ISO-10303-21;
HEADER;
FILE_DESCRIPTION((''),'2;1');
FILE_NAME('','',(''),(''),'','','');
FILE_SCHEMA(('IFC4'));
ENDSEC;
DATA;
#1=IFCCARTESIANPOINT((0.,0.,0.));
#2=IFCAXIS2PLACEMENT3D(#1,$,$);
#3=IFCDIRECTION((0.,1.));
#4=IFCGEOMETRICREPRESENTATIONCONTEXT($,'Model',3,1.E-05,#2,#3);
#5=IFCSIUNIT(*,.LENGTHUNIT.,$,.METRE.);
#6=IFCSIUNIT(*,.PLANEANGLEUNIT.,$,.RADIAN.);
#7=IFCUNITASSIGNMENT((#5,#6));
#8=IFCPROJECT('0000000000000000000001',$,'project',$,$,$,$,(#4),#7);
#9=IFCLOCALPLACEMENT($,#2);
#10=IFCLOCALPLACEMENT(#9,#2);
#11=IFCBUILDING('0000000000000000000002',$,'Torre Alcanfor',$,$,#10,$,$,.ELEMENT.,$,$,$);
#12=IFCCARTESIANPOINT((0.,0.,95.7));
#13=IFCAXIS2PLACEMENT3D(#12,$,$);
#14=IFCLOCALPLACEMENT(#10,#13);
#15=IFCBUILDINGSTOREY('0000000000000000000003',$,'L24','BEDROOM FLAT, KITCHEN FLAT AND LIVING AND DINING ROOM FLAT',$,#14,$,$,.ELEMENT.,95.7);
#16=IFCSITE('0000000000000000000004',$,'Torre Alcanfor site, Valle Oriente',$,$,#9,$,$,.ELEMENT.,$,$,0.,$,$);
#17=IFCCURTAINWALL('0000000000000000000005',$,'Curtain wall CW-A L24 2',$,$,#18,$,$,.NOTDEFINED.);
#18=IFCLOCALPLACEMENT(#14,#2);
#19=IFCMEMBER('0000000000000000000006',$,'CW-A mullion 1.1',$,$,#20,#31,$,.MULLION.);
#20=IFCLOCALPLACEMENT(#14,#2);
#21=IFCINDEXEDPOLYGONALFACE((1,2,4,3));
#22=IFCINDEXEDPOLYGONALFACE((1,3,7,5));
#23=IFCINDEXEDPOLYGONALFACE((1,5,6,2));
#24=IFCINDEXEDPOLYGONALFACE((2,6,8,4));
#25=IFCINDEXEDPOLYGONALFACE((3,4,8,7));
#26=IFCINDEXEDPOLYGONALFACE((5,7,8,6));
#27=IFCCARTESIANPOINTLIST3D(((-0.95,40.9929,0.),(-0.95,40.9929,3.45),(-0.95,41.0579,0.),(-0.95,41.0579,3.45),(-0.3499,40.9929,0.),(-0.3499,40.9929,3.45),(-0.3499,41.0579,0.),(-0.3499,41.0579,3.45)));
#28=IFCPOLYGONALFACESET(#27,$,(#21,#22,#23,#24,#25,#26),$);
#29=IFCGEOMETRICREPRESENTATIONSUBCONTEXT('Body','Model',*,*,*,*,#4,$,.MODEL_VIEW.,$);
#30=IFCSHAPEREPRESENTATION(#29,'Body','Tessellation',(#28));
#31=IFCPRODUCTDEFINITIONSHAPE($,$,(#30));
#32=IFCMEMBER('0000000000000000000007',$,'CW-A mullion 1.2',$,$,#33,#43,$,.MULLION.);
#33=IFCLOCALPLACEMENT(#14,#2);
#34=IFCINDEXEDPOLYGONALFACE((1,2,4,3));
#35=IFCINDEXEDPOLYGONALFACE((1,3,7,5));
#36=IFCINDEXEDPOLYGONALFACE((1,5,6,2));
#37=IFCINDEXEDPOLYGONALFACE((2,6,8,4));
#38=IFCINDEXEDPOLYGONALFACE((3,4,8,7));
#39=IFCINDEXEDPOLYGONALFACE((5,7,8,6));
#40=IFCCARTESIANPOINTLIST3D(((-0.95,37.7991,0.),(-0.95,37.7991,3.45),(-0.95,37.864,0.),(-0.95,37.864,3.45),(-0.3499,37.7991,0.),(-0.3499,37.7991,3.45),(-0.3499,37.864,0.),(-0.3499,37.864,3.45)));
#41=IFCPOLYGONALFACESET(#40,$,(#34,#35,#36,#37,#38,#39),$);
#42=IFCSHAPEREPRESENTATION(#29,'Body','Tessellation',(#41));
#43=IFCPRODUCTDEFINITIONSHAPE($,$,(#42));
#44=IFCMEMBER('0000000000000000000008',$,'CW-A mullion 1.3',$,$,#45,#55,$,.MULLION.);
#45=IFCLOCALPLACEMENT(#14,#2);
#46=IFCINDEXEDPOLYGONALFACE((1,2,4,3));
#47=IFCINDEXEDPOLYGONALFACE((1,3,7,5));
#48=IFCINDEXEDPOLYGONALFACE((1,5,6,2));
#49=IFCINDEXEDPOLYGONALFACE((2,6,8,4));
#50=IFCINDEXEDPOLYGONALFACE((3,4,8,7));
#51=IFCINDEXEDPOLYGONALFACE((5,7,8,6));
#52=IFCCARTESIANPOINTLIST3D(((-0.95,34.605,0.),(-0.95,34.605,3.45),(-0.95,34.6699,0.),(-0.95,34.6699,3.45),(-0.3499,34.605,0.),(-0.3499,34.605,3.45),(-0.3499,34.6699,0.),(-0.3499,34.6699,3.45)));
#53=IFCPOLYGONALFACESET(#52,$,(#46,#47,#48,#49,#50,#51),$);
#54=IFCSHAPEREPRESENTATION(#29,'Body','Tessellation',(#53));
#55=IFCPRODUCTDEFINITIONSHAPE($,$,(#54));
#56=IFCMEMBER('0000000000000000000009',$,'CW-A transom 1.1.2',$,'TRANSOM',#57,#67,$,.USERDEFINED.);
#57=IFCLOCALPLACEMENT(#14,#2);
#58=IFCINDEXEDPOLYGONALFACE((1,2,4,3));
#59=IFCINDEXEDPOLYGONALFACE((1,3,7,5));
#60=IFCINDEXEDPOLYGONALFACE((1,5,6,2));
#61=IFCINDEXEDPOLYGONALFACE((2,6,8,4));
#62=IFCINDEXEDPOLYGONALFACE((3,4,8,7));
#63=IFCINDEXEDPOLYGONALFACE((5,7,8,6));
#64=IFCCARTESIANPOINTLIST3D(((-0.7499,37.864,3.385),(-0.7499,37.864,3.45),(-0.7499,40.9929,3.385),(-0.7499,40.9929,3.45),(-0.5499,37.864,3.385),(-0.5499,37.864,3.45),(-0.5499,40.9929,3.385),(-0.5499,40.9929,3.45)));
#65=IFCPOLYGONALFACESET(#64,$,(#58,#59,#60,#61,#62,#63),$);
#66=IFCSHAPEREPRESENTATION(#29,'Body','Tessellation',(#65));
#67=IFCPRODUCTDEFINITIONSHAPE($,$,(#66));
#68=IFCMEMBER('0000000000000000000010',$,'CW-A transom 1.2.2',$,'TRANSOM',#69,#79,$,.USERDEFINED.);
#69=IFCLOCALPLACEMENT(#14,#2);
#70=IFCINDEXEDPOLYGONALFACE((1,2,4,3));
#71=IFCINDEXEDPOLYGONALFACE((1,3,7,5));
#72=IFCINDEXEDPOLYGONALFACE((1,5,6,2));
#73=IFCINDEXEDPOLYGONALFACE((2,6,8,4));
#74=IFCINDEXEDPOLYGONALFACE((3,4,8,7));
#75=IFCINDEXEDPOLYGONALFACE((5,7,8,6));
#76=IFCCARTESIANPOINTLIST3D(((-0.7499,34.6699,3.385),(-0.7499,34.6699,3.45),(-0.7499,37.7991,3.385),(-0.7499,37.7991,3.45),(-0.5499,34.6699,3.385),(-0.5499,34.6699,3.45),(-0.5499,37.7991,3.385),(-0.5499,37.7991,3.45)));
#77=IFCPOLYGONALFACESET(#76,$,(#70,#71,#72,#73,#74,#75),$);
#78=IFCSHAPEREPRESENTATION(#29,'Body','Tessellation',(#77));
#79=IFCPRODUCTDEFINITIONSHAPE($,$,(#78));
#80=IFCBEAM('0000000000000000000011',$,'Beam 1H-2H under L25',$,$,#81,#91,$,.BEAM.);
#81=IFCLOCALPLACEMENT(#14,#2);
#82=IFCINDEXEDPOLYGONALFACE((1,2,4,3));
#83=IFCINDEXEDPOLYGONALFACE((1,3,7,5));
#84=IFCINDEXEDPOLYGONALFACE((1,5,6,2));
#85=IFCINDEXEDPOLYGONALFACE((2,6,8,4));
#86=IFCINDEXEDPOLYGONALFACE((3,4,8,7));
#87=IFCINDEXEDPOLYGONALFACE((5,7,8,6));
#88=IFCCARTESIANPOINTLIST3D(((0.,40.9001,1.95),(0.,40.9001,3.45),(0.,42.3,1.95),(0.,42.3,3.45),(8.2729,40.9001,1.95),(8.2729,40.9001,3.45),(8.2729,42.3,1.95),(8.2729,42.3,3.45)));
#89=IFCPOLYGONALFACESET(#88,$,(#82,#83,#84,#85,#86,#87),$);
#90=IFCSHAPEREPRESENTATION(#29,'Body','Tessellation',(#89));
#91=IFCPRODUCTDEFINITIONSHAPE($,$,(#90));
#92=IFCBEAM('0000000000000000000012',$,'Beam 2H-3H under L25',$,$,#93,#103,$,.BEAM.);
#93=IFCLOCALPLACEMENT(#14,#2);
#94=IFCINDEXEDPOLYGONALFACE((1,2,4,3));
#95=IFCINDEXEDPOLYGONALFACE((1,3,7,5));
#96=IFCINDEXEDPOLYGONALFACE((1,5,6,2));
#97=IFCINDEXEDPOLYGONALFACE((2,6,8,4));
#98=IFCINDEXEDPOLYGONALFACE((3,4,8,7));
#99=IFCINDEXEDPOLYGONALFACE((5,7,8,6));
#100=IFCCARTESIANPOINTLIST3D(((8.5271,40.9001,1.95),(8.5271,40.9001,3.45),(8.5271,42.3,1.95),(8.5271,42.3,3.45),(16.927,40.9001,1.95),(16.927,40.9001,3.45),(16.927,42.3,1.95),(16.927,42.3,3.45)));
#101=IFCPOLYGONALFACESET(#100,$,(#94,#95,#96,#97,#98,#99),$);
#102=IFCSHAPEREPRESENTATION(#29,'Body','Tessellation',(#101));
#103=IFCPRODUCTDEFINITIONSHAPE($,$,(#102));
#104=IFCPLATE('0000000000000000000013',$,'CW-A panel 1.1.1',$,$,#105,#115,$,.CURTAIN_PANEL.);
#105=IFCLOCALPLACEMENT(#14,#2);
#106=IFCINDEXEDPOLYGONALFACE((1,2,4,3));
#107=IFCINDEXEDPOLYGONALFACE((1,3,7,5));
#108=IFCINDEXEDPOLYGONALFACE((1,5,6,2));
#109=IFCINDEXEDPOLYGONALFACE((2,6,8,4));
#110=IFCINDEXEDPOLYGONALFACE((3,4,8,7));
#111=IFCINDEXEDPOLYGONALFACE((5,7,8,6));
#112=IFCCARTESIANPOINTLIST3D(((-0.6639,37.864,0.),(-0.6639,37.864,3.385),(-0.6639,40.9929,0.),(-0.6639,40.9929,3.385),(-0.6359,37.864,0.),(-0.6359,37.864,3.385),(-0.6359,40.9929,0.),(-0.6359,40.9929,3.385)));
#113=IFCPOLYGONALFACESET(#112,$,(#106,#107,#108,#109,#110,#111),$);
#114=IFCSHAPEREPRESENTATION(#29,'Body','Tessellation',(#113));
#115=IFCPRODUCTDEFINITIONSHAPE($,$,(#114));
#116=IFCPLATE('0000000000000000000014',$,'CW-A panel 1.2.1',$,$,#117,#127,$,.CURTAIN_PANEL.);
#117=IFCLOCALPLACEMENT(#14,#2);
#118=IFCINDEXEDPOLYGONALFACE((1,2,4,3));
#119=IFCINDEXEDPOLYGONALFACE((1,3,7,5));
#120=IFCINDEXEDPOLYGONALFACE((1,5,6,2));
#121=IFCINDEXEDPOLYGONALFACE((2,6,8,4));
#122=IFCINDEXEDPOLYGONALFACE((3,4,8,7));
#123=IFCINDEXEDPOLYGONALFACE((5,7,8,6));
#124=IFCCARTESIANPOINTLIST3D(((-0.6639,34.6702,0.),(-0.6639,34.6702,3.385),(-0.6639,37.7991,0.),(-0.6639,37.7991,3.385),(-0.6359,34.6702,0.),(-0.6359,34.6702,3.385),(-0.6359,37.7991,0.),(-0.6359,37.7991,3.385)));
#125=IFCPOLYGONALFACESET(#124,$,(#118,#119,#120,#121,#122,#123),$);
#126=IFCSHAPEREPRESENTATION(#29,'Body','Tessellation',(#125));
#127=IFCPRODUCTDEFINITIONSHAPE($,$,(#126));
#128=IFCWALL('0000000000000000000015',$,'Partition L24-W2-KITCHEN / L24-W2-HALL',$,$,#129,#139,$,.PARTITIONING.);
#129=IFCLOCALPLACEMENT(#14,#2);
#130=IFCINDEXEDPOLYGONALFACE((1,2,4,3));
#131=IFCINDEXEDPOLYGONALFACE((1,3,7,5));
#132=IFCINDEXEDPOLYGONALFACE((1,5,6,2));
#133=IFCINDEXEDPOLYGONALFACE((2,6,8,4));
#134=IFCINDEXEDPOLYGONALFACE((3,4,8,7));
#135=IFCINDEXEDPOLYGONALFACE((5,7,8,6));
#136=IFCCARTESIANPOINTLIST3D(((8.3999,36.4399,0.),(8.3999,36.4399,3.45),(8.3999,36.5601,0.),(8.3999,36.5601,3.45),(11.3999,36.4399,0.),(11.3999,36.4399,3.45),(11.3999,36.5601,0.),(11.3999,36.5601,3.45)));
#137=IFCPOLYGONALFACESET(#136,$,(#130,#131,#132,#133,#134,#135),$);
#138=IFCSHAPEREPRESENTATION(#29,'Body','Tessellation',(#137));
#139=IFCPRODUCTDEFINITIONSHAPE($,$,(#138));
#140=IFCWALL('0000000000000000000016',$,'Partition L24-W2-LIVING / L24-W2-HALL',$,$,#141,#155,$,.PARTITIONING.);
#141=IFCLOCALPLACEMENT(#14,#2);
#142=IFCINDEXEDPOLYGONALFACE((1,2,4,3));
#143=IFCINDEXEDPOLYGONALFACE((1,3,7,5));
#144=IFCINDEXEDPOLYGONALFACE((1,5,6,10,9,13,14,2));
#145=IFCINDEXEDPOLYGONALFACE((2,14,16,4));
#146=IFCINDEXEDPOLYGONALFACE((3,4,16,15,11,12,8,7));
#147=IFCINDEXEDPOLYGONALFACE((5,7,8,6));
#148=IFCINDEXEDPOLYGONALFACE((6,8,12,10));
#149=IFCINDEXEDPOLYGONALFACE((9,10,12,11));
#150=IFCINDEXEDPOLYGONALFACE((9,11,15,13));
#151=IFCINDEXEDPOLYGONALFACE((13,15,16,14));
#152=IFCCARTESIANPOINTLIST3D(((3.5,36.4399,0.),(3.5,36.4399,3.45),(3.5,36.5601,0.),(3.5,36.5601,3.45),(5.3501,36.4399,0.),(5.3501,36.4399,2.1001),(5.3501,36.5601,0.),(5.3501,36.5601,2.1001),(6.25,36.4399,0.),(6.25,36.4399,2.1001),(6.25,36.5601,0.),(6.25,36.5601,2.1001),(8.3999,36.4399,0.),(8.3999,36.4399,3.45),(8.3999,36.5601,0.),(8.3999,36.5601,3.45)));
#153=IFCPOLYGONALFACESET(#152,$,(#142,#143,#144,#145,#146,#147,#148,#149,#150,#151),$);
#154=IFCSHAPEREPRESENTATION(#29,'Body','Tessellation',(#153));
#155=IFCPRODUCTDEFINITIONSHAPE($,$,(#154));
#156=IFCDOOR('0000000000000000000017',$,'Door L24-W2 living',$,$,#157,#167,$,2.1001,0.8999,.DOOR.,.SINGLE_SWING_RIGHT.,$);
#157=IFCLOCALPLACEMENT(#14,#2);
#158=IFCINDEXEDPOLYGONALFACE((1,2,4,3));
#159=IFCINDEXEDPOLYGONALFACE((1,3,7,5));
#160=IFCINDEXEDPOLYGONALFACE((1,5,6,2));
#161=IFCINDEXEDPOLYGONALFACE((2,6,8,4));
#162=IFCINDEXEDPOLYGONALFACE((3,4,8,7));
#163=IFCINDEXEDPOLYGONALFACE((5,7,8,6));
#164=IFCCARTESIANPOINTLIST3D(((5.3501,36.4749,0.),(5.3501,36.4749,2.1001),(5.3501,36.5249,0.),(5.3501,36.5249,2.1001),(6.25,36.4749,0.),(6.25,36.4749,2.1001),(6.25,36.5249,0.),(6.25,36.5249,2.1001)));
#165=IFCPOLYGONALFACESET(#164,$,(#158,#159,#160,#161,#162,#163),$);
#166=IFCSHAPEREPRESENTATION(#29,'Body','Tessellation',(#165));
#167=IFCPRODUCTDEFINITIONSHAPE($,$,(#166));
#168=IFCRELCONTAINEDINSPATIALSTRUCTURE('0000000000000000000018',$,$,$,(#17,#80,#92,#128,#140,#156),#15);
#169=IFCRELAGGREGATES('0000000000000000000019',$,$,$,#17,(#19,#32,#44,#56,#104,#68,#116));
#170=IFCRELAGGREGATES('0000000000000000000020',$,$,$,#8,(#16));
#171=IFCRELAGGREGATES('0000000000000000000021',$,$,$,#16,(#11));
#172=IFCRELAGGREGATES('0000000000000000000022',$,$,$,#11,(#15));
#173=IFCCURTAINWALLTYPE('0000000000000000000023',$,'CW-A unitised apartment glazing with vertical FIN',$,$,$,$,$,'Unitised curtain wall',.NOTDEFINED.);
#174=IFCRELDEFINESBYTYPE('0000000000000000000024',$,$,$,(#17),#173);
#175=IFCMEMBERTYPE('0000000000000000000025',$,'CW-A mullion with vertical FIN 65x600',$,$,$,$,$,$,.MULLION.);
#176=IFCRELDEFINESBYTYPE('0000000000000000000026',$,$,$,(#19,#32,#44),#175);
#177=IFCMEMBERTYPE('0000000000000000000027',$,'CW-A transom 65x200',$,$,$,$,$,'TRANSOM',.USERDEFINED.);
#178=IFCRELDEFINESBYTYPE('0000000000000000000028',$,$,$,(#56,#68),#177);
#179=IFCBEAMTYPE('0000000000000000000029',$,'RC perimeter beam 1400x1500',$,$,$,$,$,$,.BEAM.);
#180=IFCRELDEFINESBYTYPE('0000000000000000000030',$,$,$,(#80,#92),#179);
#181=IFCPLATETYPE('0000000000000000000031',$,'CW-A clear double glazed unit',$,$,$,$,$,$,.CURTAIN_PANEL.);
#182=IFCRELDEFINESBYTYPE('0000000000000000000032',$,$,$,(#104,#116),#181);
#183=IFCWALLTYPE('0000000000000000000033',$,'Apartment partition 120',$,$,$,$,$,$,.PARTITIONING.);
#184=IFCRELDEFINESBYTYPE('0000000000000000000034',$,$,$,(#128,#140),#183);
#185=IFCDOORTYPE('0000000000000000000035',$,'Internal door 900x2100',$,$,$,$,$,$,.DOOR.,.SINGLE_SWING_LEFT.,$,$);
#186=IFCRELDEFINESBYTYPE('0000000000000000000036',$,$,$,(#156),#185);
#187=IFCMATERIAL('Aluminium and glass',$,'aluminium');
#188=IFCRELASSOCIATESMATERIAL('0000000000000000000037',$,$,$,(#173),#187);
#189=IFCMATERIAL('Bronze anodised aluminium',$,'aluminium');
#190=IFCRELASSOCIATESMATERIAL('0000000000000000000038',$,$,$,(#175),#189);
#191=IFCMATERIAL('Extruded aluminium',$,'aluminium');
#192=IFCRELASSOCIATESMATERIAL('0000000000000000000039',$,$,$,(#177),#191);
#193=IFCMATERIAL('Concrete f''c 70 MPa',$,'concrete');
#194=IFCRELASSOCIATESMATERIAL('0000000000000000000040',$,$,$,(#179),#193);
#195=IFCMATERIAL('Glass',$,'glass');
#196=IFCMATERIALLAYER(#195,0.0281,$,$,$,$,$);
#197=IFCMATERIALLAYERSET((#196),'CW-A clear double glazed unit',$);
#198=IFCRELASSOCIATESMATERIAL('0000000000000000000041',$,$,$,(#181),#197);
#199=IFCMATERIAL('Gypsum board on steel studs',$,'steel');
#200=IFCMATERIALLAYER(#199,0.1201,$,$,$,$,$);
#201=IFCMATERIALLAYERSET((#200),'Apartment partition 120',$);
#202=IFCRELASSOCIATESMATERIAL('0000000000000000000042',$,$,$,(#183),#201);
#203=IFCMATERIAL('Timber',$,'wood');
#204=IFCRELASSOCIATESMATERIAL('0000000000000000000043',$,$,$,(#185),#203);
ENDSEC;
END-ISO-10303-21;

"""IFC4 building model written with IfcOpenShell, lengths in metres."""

from ifc_helpers import new_model, si_unit, direction, frame, frame_2d, origin, origin_2d, place, context, subcontext, project, spatial, rectangle, extrude, material, layer, layer_set, material_profile, profile_set, type_object, element, fill, aggregate, save


model = new_model("IFC4")

# Units and contexts
model_context = context("Model", 3, precision=1e-05, world=origin(), true_north=direction((0.0, 1.0)))
body_context = subcontext(model_context, "Body", "Model", "MODEL_VIEW")
ifc_project = project(units=[si_unit("LENGTHUNIT", "METRE"), si_unit("PLANEANGLEUNIT", "RADIAN")], contexts=[model_context])

# Site, building, storey
site_placement = place(None, origin())
site = spatial("IfcSite", under=ifc_project, at=site_placement, Name="Torre Alcanfor site, Valle Oriente", CompositionType="ELEMENT", RefElevation=0.0)
building_placement = place(site_placement, origin())
building = spatial("IfcBuilding", under=site, at=building_placement, Name="Torre Alcanfor", CompositionType="ELEMENT")
storey_placement = place(building_placement, frame((0.0, 0.0, 95.7)))
storey = spatial("IfcBuildingStorey", under=building, at=storey_placement, Name="L24", Description="BEDROOM FLAT, KITCHEN FLAT AND LIVING AND DINING ROOM FLAT", CompositionType="ELEMENT", Elevation=95.7)

# Curtain wall, members
ifc_material_1 = material(Name="Aluminium and glass", Category="aluminium")
curtain_wall_type = type_object("IfcCurtainWallType", Name="CW-A unitised apartment glazing with vertical FIN", ElementType="Unitised curtain wall", PredefinedType="NOTDEFINED", material=ifc_material_1)
curtain_wall_placement = place(storey_placement, origin())
curtain_wall = element("IfcCurtainWall", 1, at=curtain_wall_placement, inside=storey, type_object=curtain_wall_type, Name="Curtain wall CW-A L24 2", PredefinedType="NOTDEFINED")
ifc_material_2 = material(Name="Bronze anodised aluminium", Category="aluminium")
ifc_material_profile_1 = material_profile(ifc_material_2, rectangle(XDim=0.6001, YDim=0.0649, at=origin_2d()), Name="CW-A mullion 65x600")
ifc_profile_set_1 = profile_set([ifc_material_profile_1], Name="Bronze anodised aluminium")
member_type_1 = type_object("IfcMemberType", Name="CW-A mullion with vertical FIN 65x600", PredefinedType="MULLION", material=ifc_profile_set_1)
member_1_placement = place(storey_placement, frame((-0.6499, 41.0254, 0.0), z_axis=(0.0, 0.0, 1.0), x_axis=(1.0, 0.0, 0.0)))
member_1 = element("IfcMember", 2, at=member_1_placement, type_object=member_type_1, Name="CW-A mullion 1.1", PredefinedType="MULLION", context=body_context, shape_type="SweptSolid", body=[
    extrude(rectangle(XDim=0.6001, YDim=0.0649, at=origin_2d()), origin(), (0.0, 0.0, 1.0), 3.45),
])
member_2_placement = place(storey_placement, frame((-0.6499, 37.8315, 0.0), z_axis=(0.0, 0.0, 1.0), x_axis=(1.0, 0.0, 0.0)))
member_2 = element("IfcMember", 3, at=member_2_placement, type_object=member_type_1, Name="CW-A mullion 1.2", PredefinedType="MULLION", context=body_context, shape_type="SweptSolid", body=[
    extrude(rectangle(XDim=0.6001, YDim=0.0649, at=origin_2d()), origin(), (0.0, 0.0, 1.0), 3.45),
])
member_3_placement = place(storey_placement, frame((-0.6499, 34.6375, 0.0), z_axis=(0.0, 0.0, 1.0), x_axis=(1.0, 0.0, 0.0)))
member_3 = element("IfcMember", 4, at=member_3_placement, type_object=member_type_1, Name="CW-A mullion 1.3", PredefinedType="MULLION", context=body_context, shape_type="SweptSolid", body=[
    extrude(rectangle(XDim=0.6001, YDim=0.0649, at=origin_2d()), origin(), (0.0, 0.0, 1.0), 3.45),
])
ifc_material_3 = material(Name="Extruded aluminium", Category="aluminium")
ifc_material_profile_2 = material_profile(ifc_material_3, rectangle(XDim=0.2, YDim=0.0649, at=origin_2d()), Name="CW-A transom 200x65")
ifc_profile_set_2 = profile_set([ifc_material_profile_2], Name="Extruded aluminium")
member_type_2 = type_object("IfcMemberType", Name="CW-A transom 65x200", ElementType="TRANSOM", PredefinedType="USERDEFINED", material=ifc_profile_set_2)
member_4_placement = place(storey_placement, frame((-0.6499, 40.9929, 3.4175), z_axis=(0.0, -1.0, 0.0), x_axis=(1.0, 0.0, 0.0)))
member_4 = element("IfcMember", 5, at=member_4_placement, type_object=member_type_2, Name="CW-A transom 1.1.2", ObjectType="TRANSOM", PredefinedType="USERDEFINED", context=body_context, shape_type="SweptSolid", body=[
    extrude(rectangle(XDim=0.2, YDim=0.0649, at=origin_2d()), origin(), (0.0, 0.0, 1.0), 3.1289),
])
member_5_placement = place(storey_placement, frame((-0.6499, 37.7991, 3.4175), z_axis=(0.0, -1.0, 0.0), x_axis=(1.0, 0.0, 0.0)))
member_5 = element("IfcMember", 6, at=member_5_placement, type_object=member_type_2, Name="CW-A transom 1.2.2", ObjectType="TRANSOM", PredefinedType="USERDEFINED", context=body_context, shape_type="SweptSolid", body=[
    extrude(rectangle(XDim=0.2, YDim=0.0649, at=origin_2d()), origin(), (0.0, 0.0, 1.0), 3.1292),
])

# Beams
ifc_material_4 = material(Name="Concrete f'c 70 MPa", Category="concrete")
ifc_material_profile_3 = material_profile(ifc_material_4, rectangle(XDim=1.3999, YDim=1.5, at=origin_2d()), Name="1400x1500")
ifc_profile_set_3 = profile_set([ifc_material_profile_3], Name="Concrete f'c 70 MPa")
beam_type = type_object("IfcBeamType", Name="RC perimeter beam 1400x1500", PredefinedType="BEAM", material=ifc_profile_set_3)
beam_1_placement = place(storey_placement, frame((0.0, 41.6001, 2.7), z_axis=(1.0, 0.0, 0.0), x_axis=(0.0, 1.0, 0.0)))
element("IfcBeam", 7, at=beam_1_placement, inside=storey, type_object=beam_type, Name="Beam 1H-2H under L25", PredefinedType="BEAM", context=body_context, shape_type="SweptSolid", body=[
    extrude(rectangle(XDim=1.3999, YDim=1.5, at=origin_2d()), origin(), (0.0, 0.0, 1.0), 8.2729),
])
beam_2_placement = place(storey_placement, frame((8.5271, 41.6001, 2.7), z_axis=(1.0, 0.0, 0.0), x_axis=(0.0, 1.0, 0.0)))
element("IfcBeam", 8, at=beam_2_placement, inside=storey, type_object=beam_type, Name="Beam 2H-3H under L25", PredefinedType="BEAM", context=body_context, shape_type="SweptSolid", body=[
    extrude(rectangle(XDim=1.3999, YDim=1.5, at=origin_2d()), origin(), (0.0, 0.0, 1.0), 8.3999),
])

# Plates
ifc_material_5 = material(Name="Glass", Category="glass")
ifc_layer_1 = layer(ifc_material_5, 0.0281)
ifc_layer_set_1 = layer_set([ifc_layer_1], Name="CW-A clear double glazed unit")
plate_type = type_object("IfcPlateType", Name="CW-A clear double glazed unit", PredefinedType="CURTAIN_PANEL", material=ifc_layer_set_1)
plate_1_placement = place(storey_placement, frame((-0.6499, 39.4285, 0.0), z_axis=(0.0, 0.0, 1.0), x_axis=(0.0, -1.0, 0.0)))
plate_1 = element("IfcPlate", 9, at=plate_1_placement, type_object=plate_type, Name="CW-A panel 1.1.1", PredefinedType="CURTAIN_PANEL", context=body_context, shape_type="SweptSolid", body=[
    extrude(rectangle(XDim=3.1289, YDim=0.0281, at=origin_2d()), origin(), (0.0, 0.0, 1.0), 3.385),
])
plate_2_placement = place(storey_placement, frame((-0.6499, 36.2346, 0.0), z_axis=(0.0, 0.0, 1.0), x_axis=(0.0, -1.0, 0.0)))
plate_2 = element("IfcPlate", 10, at=plate_2_placement, type_object=plate_type, Name="CW-A panel 1.2.1", PredefinedType="CURTAIN_PANEL", context=body_context, shape_type="SweptSolid", body=[
    extrude(rectangle(XDim=3.1289, YDim=0.0281, at=origin_2d()), origin(), (0.0, 0.0, 1.0), 3.385),
])
aggregate(curtain_wall, [member_1, member_2, member_3, member_4, plate_1, member_5, plate_2])

# Wall
ifc_material_6 = material(Name="Gypsum board on steel studs", Category="steel")
ifc_layer_2 = layer(ifc_material_6, 0.1201)
ifc_layer_set_2 = layer_set([ifc_layer_2], Name="Apartment partition 120")
wall_type_1 = type_object("IfcWallType", Name="Apartment partition 120", PredefinedType="PARTITIONING", material=ifc_layer_set_2)
wall_1_placement = place(storey_placement, frame((8.3999, 36.5, 0.0), z_axis=(0.0, 0.0, 1.0), x_axis=(1.0, 0.0, 0.0)))
element("IfcWall", 11, at=wall_1_placement, inside=storey, type_object=wall_type_1, Name="Partition L24-W2-KITCHEN / L24-W2-HALL", PredefinedType="PARTITIONING", context=body_context, shape_type="SweptSolid", body=[
    extrude(rectangle(XDim=3.0, YDim=0.1201, at=frame_2d((1.5, 0.0))), origin(), (0.0, 0.0, 1.0), 3.45),
])

# Wall, opening, door
wall_2_placement = place(storey_placement, frame((3.5, 36.5, 0.0), z_axis=(0.0, 0.0, 1.0), x_axis=(1.0, 0.0, 0.0)))
wall_2 = element("IfcWall", 12, at=wall_2_placement, inside=storey, type_object=wall_type_1, Name="Partition L24-W2-LIVING / L24-W2-HALL", PredefinedType="PARTITIONING", context=body_context, shape_type="SweptSolid", body=[
    extrude(rectangle(XDim=4.8999, YDim=0.1201, at=frame_2d((2.45, 0.0))), origin(), (0.0, 0.0, 1.0), 3.45),
])
opening_1_placement = place(wall_2_placement, frame((1.8501, 0.0, 0.0)))
opening_1 = element("IfcOpeningElement", 13, at=opening_1_placement, cuts=wall_2, PredefinedType="OPENING", context=body_context, shape_type="SweptSolid", body=[
    extrude(rectangle(XDim=0.8999, YDim=2.1001, at=frame_2d((0.45, 1.05))), frame((0.0, 0.0701, 0.0), z_axis=(0.0, -1.0, 0.0), x_axis=(1.0, 0.0, 0.0)), (0.0, 0.0, 1.0), 0.1401),
])
ifc_material_7 = material(Name="Timber", Category="wood")
door_type_1 = type_object("IfcDoorType", Name="Internal door 900x2100", OperationType="SINGLE_SWING_LEFT", PredefinedType="DOOR", material=ifc_material_7)
door_1_placement = place(opening_1_placement, frame((0.8999, 0.0, 0.0), z_axis=(0.0, 0.0, 1.0), x_axis=(-1.0, 0.0, 0.0)))
door_1 = element("IfcDoor", 14, at=door_1_placement, inside=storey, type_object=door_type_1, Name="Door L24-W2 living", OperationType="SINGLE_SWING_RIGHT", OverallHeight=2.1001, OverallWidth=0.8999, PredefinedType="DOOR", context=body_context, shape_type="SweptSolid", body=[
    extrude(rectangle(XDim=0.8999, YDim=2.1001, at=frame_2d((0.45, 1.05))), frame((0.0, 0.0251, 0.0), z_axis=(0.0, -1.0, 0.0), x_axis=(1.0, 0.0, 0.0)), (0.0, 0.0, 1.0), 0.05),
])
fill(opening_1, door_1)

save(model, "model.ifc")
